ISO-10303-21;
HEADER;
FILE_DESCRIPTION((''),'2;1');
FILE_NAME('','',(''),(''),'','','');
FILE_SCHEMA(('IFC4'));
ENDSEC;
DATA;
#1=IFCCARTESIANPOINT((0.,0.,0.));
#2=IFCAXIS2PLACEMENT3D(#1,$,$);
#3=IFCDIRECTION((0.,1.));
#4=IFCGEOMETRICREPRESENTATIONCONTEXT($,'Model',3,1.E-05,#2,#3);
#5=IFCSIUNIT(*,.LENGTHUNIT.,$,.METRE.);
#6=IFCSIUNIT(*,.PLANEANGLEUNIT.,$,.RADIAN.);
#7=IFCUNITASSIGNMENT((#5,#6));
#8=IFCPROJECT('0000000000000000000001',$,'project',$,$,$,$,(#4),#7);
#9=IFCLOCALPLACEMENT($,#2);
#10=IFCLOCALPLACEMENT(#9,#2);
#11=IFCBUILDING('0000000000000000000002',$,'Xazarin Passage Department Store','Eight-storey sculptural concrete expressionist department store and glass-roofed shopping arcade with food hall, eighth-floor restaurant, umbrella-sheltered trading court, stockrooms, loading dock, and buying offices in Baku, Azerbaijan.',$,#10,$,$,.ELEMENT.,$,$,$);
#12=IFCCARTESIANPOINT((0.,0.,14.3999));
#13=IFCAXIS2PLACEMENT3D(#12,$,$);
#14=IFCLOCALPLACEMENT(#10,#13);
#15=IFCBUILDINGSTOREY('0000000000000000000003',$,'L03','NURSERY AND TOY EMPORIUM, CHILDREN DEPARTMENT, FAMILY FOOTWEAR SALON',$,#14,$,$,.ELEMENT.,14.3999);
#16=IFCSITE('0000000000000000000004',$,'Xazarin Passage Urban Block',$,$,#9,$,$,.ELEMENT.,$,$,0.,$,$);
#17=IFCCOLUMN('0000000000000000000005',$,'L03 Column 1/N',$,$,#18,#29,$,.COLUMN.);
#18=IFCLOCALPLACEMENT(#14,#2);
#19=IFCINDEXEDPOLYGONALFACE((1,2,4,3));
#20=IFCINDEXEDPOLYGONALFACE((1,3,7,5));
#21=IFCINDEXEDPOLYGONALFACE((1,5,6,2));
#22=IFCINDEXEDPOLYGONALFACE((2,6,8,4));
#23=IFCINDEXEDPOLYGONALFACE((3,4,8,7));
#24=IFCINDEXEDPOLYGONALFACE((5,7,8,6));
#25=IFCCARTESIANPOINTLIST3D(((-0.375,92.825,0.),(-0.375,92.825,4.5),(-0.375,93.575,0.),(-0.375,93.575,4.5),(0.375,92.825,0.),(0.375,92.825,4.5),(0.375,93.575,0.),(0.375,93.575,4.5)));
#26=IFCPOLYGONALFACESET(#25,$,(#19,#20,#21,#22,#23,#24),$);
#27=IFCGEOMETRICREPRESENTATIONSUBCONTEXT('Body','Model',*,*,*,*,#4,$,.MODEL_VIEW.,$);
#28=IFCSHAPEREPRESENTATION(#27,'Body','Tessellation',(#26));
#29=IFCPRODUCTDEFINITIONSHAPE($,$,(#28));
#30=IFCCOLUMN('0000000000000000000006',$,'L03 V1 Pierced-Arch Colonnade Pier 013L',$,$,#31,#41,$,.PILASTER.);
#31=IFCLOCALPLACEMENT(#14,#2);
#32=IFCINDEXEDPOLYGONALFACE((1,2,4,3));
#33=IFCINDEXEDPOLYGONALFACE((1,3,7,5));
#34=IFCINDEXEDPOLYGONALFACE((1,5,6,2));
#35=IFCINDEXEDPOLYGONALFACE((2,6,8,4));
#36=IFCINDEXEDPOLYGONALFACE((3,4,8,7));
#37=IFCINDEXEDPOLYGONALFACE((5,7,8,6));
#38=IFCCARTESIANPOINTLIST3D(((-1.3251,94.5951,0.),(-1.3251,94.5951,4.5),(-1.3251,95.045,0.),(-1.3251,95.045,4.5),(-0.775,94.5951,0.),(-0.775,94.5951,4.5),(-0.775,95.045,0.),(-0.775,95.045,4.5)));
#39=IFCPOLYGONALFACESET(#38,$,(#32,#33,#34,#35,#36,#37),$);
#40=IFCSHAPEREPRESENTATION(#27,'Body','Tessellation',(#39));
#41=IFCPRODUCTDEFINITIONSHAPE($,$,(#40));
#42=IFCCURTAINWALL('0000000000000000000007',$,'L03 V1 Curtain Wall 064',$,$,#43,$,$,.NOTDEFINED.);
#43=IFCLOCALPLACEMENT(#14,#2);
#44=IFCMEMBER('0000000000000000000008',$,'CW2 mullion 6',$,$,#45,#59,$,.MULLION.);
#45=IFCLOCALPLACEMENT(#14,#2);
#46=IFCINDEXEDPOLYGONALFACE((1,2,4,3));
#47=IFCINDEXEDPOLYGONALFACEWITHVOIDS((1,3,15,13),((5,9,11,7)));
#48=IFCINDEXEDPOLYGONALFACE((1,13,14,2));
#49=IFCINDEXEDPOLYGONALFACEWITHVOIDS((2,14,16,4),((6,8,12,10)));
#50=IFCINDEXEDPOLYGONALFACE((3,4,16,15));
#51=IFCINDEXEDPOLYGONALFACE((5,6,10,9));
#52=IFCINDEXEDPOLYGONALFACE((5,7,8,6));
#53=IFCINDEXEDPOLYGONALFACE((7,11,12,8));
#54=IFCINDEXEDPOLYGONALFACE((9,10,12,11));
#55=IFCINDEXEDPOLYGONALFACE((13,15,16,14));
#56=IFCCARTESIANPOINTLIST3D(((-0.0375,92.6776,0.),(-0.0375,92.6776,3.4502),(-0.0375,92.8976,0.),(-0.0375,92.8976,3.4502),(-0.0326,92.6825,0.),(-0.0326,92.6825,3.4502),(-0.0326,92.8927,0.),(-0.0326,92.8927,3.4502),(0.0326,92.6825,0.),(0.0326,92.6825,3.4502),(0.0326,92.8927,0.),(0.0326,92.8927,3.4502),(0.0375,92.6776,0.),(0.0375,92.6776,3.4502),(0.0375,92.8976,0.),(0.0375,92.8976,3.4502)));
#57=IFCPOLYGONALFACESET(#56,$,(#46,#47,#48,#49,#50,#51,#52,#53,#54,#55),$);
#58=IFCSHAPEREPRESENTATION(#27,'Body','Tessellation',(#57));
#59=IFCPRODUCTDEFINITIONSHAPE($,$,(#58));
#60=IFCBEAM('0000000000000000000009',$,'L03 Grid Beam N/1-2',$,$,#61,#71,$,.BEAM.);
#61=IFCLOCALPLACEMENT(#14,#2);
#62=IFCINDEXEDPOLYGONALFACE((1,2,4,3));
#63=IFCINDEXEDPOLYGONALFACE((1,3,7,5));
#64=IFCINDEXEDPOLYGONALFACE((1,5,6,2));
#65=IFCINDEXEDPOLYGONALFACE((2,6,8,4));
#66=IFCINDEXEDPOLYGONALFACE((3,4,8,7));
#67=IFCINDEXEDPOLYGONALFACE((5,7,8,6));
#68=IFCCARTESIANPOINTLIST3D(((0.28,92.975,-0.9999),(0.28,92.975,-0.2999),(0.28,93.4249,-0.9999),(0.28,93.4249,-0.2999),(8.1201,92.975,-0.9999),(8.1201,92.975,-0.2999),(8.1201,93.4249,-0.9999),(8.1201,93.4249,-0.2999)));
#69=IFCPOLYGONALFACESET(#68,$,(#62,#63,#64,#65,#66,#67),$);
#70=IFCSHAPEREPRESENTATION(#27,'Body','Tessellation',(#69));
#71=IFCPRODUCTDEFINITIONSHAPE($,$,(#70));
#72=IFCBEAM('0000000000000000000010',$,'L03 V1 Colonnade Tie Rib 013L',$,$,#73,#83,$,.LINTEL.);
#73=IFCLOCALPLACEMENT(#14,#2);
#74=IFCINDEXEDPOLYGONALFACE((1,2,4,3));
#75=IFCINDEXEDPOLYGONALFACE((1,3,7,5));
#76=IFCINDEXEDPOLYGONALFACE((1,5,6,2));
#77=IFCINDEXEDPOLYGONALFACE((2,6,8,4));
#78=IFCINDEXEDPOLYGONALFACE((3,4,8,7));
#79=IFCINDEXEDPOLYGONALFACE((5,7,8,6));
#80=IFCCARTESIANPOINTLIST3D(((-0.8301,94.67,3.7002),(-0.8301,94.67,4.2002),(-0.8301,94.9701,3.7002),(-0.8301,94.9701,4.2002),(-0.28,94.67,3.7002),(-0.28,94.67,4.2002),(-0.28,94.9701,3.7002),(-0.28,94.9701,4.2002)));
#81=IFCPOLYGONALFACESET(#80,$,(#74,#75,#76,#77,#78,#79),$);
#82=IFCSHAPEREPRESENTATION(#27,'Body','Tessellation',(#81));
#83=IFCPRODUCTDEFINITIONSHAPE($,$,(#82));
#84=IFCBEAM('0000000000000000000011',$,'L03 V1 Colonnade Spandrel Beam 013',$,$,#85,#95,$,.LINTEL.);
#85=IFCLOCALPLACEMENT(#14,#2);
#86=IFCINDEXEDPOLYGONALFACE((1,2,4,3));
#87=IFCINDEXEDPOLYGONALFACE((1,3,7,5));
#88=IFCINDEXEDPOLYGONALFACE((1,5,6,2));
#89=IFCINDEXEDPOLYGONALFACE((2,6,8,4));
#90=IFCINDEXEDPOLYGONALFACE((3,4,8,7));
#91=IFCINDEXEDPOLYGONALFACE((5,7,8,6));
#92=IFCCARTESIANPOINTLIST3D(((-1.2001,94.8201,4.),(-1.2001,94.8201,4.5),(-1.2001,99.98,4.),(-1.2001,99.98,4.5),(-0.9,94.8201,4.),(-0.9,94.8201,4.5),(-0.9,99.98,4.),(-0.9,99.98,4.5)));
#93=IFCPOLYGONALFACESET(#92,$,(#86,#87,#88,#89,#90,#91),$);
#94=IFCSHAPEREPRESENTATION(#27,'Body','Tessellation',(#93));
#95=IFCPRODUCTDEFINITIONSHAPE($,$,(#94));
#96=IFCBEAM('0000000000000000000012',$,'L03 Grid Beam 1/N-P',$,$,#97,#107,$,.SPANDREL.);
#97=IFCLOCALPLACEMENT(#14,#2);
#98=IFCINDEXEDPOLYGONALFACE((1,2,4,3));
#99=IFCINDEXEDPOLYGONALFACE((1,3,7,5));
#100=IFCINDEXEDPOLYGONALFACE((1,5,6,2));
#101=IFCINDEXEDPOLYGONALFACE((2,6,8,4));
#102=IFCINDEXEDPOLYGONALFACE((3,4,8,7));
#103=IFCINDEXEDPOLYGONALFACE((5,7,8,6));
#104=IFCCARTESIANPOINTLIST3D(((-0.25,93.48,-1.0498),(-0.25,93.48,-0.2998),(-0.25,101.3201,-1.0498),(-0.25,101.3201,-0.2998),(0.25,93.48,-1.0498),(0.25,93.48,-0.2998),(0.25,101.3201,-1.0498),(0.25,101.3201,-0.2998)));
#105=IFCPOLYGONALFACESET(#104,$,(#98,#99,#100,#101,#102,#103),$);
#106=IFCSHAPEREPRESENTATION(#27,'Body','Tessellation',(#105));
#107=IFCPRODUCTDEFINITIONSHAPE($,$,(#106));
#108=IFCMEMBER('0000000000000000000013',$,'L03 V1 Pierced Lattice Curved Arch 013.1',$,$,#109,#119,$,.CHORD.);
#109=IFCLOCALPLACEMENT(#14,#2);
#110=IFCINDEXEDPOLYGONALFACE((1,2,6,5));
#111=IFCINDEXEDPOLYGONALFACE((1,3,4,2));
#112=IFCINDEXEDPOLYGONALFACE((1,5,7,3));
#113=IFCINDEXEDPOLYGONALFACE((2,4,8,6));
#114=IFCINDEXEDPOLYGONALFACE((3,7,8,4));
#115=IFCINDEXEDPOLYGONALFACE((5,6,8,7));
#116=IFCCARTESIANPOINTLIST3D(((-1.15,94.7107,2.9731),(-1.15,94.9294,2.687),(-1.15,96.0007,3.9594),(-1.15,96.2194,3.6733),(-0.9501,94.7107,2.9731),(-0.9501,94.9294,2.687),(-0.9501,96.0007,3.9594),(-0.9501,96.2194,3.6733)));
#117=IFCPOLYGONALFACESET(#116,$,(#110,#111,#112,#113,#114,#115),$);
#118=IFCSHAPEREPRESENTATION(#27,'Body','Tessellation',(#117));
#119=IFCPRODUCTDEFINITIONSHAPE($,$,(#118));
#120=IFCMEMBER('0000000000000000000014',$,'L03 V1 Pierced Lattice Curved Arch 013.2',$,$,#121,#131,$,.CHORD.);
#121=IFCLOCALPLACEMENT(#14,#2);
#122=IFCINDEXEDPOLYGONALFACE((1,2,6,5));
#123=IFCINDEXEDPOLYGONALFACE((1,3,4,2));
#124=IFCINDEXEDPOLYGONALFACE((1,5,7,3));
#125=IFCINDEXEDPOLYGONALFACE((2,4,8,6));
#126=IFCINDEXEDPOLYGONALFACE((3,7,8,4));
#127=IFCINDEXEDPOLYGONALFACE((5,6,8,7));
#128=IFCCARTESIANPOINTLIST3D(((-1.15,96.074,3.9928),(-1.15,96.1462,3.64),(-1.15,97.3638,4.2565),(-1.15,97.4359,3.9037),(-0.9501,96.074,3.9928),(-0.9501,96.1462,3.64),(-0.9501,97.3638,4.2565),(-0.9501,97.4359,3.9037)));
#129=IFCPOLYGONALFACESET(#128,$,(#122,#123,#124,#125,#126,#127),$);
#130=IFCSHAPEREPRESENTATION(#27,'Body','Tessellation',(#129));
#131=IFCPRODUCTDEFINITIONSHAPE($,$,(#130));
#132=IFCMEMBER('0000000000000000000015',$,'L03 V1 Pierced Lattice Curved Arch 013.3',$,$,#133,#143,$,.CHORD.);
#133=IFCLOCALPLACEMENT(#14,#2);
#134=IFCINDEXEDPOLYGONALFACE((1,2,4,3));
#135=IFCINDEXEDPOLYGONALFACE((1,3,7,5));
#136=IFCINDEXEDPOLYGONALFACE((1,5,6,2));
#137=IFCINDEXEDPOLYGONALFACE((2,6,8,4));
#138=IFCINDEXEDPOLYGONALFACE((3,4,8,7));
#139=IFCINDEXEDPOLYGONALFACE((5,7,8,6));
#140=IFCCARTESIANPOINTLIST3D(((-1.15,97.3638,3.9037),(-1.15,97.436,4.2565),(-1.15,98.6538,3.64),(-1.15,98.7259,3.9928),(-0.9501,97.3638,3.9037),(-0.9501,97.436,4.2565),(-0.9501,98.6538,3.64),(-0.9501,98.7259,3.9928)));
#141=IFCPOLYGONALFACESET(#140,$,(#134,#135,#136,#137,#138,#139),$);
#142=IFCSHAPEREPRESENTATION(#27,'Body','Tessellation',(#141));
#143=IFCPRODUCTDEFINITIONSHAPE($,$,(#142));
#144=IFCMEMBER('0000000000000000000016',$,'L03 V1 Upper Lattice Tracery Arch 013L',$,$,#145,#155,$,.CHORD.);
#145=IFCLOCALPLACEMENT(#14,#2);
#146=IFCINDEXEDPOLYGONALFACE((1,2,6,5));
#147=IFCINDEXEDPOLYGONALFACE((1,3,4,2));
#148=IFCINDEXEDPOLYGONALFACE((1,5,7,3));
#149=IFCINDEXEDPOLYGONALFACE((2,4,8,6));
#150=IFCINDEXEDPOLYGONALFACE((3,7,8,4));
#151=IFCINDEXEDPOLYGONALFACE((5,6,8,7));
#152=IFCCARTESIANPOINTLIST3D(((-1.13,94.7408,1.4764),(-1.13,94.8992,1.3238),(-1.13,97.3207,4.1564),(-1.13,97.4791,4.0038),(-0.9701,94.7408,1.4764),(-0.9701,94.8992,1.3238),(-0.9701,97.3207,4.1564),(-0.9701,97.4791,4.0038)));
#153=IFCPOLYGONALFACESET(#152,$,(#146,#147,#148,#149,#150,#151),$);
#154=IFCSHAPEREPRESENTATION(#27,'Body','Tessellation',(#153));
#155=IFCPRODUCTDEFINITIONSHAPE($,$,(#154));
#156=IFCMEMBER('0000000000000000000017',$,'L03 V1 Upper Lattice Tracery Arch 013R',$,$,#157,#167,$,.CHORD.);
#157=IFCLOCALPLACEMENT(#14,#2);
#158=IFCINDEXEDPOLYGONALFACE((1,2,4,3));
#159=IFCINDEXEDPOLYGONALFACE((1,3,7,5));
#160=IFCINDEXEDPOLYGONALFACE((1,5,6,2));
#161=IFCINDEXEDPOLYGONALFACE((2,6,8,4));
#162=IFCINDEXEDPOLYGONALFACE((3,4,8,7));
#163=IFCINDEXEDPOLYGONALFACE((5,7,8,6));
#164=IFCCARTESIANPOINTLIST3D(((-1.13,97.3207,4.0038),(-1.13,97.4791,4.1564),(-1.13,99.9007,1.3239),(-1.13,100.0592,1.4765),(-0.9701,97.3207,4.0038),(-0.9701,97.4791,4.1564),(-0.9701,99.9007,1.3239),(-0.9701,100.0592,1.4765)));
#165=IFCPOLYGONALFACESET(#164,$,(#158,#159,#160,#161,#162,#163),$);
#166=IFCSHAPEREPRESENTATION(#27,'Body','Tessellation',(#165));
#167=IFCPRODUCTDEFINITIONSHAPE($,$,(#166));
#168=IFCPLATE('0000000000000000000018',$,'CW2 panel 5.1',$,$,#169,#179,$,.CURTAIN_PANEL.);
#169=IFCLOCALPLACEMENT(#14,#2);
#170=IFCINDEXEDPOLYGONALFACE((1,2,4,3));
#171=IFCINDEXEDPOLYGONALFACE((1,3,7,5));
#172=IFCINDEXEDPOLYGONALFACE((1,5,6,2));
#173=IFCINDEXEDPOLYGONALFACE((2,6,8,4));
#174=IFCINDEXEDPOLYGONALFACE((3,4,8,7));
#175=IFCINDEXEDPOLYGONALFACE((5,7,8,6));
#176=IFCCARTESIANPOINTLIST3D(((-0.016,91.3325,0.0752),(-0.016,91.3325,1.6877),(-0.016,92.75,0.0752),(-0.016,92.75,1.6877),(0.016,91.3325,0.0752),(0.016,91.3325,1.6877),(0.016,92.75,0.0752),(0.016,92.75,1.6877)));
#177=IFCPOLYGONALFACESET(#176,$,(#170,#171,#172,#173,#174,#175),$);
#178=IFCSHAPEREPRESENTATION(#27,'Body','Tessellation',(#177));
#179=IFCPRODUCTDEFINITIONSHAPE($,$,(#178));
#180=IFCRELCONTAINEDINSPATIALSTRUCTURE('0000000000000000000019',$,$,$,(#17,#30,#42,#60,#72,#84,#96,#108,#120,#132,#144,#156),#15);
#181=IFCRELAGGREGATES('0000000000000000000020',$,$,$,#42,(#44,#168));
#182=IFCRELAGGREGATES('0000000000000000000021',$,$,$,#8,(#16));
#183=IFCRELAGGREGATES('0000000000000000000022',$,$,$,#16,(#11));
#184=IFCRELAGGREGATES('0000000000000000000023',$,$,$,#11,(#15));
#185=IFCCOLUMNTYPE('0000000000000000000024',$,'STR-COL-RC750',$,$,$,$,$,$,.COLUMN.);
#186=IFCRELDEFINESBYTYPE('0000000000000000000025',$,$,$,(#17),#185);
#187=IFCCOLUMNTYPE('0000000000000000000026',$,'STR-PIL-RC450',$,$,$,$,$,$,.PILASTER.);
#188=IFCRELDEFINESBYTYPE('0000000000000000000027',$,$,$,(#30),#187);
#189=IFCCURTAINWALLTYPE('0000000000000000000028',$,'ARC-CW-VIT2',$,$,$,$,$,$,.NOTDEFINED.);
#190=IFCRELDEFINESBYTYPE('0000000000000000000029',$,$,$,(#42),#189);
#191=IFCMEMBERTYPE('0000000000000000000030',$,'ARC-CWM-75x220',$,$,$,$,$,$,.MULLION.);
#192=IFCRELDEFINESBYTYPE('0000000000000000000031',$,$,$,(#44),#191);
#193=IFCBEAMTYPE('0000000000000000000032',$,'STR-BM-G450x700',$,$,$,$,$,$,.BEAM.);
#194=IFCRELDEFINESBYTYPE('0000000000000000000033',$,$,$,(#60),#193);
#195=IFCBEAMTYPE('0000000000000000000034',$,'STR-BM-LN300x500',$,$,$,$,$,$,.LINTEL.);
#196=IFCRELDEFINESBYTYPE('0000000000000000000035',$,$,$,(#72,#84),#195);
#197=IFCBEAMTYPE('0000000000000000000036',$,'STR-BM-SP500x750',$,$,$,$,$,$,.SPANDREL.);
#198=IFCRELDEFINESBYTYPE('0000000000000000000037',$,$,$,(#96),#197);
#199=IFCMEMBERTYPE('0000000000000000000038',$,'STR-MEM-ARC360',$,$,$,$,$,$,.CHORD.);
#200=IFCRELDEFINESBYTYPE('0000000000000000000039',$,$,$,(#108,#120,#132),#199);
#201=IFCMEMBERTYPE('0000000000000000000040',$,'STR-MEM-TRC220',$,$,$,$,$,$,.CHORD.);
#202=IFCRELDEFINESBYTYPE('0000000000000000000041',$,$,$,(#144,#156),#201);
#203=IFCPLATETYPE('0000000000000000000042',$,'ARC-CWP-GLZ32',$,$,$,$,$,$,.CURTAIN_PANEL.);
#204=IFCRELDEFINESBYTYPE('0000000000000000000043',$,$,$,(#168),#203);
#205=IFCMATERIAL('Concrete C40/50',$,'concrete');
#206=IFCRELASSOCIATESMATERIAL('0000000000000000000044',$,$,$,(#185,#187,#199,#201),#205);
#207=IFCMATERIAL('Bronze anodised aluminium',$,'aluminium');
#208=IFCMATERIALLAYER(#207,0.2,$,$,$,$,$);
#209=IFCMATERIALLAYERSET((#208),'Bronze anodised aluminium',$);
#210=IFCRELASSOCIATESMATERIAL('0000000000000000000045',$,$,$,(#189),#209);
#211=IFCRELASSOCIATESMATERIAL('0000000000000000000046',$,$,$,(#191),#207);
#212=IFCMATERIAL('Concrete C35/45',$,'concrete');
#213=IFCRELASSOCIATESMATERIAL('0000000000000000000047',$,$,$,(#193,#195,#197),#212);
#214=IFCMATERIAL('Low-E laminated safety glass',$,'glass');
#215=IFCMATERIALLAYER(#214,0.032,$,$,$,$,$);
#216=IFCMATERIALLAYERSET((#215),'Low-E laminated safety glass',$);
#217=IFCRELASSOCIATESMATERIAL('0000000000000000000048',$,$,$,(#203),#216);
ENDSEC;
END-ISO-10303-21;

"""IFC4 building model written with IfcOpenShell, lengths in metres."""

from ifc_helpers import new_model, si_unit, direction, frame, origin, origin_2d, place, context, subcontext, project, spatial, rectangle, hollow_rectangle, extrude, material, layer, layer_set, material_profile, profile_set, type_object, element, aggregate, save


model = new_model("IFC4")

# Units and contexts
model_context = context("Model", 3, precision=1e-05, world=origin(), true_north=direction((0.0, 1.0)))
body_context = subcontext(model_context, "Body", "Model", "MODEL_VIEW")
ifc_project = project(units=[si_unit("LENGTHUNIT", "METRE"), si_unit("PLANEANGLEUNIT", "RADIAN")], contexts=[model_context])

# Site, building, storey
site_placement = place(None, origin())
site = spatial("IfcSite", under=ifc_project, at=site_placement, Name="Xazarin Passage Urban Block", CompositionType="ELEMENT", RefElevation=0.0)
building_placement = place(site_placement, origin())
building = spatial("IfcBuilding", under=site, at=building_placement, Name="Xazarin Passage Department Store", Description="Eight-storey sculptural concrete expressionist department store and glass-roofed shopping arcade with food hall, eighth-floor restaurant, umbrella-sheltered trading court, stockrooms, loading dock, and buying offices in Baku, Azerbaijan.", CompositionType="ELEMENT")
storey_placement = place(building_placement, frame((0.0, 0.0, 14.3999)))
storey = spatial("IfcBuildingStorey", under=building, at=storey_placement, Name="L03", Description="NURSERY AND TOY EMPORIUM, CHILDREN DEPARTMENT, FAMILY FOOTWEAR SALON", CompositionType="ELEMENT", Elevation=14.3999)

# Columns
ifc_material_1 = material(Name="Concrete C40/50", Category="concrete")
ifc_material_profile_1 = material_profile(ifc_material_1, rectangle(XDim=0.75, YDim=0.75, at=origin_2d()), Name="RC 750x750")
ifc_profile_set_1 = profile_set([ifc_material_profile_1], Name="Concrete C40/50")
column_type_1 = type_object("IfcColumnType", Name="STR-COL-RC750", PredefinedType="COLUMN", material=ifc_profile_set_1)
column_1_placement = place(storey_placement, frame((0.0, 93.2, 0.0), z_axis=(0.0, 0.0, 1.0), x_axis=(1.0, 0.0, 0.0)))
element("IfcColumn", 1, at=column_1_placement, inside=storey, type_object=column_type_1, Name="L03 Column 1/N", PredefinedType="COLUMN", context=body_context, shape_type="SweptSolid", body=[
    extrude(rectangle(XDim=0.75, YDim=0.75, at=origin_2d()), origin(), (0.0, 0.0, 1.0), 4.5),
])
ifc_material_profile_2 = material_profile(ifc_material_1, rectangle(XDim=0.45, YDim=0.55, at=origin_2d()), Name="RC 450x550")
ifc_profile_set_2 = profile_set([ifc_material_profile_2], Name="Concrete C40/50")
column_type_2 = type_object("IfcColumnType", Name="STR-PIL-RC450", PredefinedType="PILASTER", material=ifc_profile_set_2)
column_2_placement = place(storey_placement, frame((-1.05, 94.8201, 0.0), z_axis=(0.0, 0.0, 1.0), x_axis=(0.0, 1.0, 0.0)))
element("IfcColumn", 2, at=column_2_placement, inside=storey, type_object=column_type_2, Name="L03 V1 Pierced-Arch Colonnade Pier 013L", PredefinedType="PILASTER", context=body_context, shape_type="SweptSolid", body=[
    extrude(rectangle(XDim=0.45, YDim=0.55, at=origin_2d()), origin(), (0.0, 0.0, 1.0), 4.5),
])

# Curtain wall, member
ifc_material_2 = material(Name="Bronze anodised aluminium", Category="aluminium")
ifc_layer_1 = layer(ifc_material_2, 0.2)
ifc_layer_set_1 = layer_set([ifc_layer_1], Name="Bronze anodised aluminium")
curtain_wall_type = type_object("IfcCurtainWallType", Name="ARC-CW-VIT2", PredefinedType="NOTDEFINED", material=ifc_layer_set_1)
curtain_wall_placement = place(storey_placement, origin())
curtain_wall = element("IfcCurtainWall", 3, at=curtain_wall_placement, inside=storey, type_object=curtain_wall_type, Name="L03 V1 Curtain Wall 064", PredefinedType="NOTDEFINED")
ifc_material_profile_3 = material_profile(ifc_material_2, hollow_rectangle(XDim=0.075, YDim=0.22, WallThickness=0.0049, at=origin_2d()), Name="ALU 75x220")
ifc_profile_set_3 = profile_set([ifc_material_profile_3], Name="Bronze anodised aluminium")
member_type_1 = type_object("IfcMemberType", Name="ARC-CWM-75x220", PredefinedType="MULLION", material=ifc_profile_set_3)
member_1_placement = place(storey_placement, frame((0.0, 92.7876, 0.0), z_axis=(0.0, 0.0, 1.0), x_axis=(-1.0, 0.0, 0.0)))
member_1 = element("IfcMember", 4, at=member_1_placement, type_object=member_type_1, Name="CW2 mullion 6", PredefinedType="MULLION", context=body_context, shape_type="SweptSolid", body=[
    extrude(hollow_rectangle(XDim=0.075, YDim=0.22, WallThickness=0.0049, at=origin_2d()), origin(), (0.0, 0.0, 1.0), 3.4502),
])

# Beams
ifc_material_3 = material(Name="Concrete C35/45", Category="concrete")
ifc_material_profile_4 = material_profile(ifc_material_3, rectangle(XDim=0.45, YDim=0.7, at=origin_2d()), Name="RC 450x700")
ifc_profile_set_4 = profile_set([ifc_material_profile_4], Name="Concrete C35/45")
beam_type_1 = type_object("IfcBeamType", Name="STR-BM-G450x700", PredefinedType="BEAM", material=ifc_profile_set_4)
beam_1_placement = place(storey_placement, frame((0.28, 93.2, -0.6499), z_axis=(1.0, 0.0, 0.0), x_axis=(0.0, 1.0, 0.0)))
element("IfcBeam", 5, at=beam_1_placement, inside=storey, type_object=beam_type_1, Name="L03 Grid Beam N/1-2", PredefinedType="BEAM", context=body_context, shape_type="SweptSolid", body=[
    extrude(rectangle(XDim=0.45, YDim=0.7, at=origin_2d()), origin(), (0.0, 0.0, 1.0), 7.8401),
])
ifc_material_profile_5 = material_profile(ifc_material_3, rectangle(XDim=0.3, YDim=0.5, at=origin_2d()), Name="RC 300x500")
ifc_profile_set_5 = profile_set([ifc_material_profile_5], Name="Concrete C35/45")
beam_type_2 = type_object("IfcBeamType", Name="STR-BM-LN300x500", PredefinedType="LINTEL", material=ifc_profile_set_5)
beam_2_placement = place(storey_placement, frame((-0.28, 94.8201, 3.9502), z_axis=(-1.0, 0.0, 0.0), x_axis=(0.0, -1.0, 0.0)))
element("IfcBeam", 6, at=beam_2_placement, inside=storey, type_object=beam_type_2, Name="L03 V1 Colonnade Tie Rib 013L", PredefinedType="LINTEL", context=body_context, shape_type="SweptSolid", body=[
    extrude(rectangle(XDim=0.3, YDim=0.5, at=origin_2d()), origin(), (0.0, 0.0, 1.0), 0.55),
])
beam_3_placement = place(storey_placement, frame((-1.05, 94.8201, 4.25), z_axis=(0.0, 1.0, 0.0), x_axis=(-1.0, 0.0, 0.0)))
element("IfcBeam", 7, at=beam_3_placement, inside=storey, type_object=beam_type_2, Name="L03 V1 Colonnade Spandrel Beam 013", PredefinedType="LINTEL", context=body_context, shape_type="SweptSolid", body=[
    extrude(rectangle(XDim=0.3, YDim=0.5, at=origin_2d()), origin(), (0.0, 0.0, 1.0), 5.1599),
])
ifc_material_profile_6 = material_profile(ifc_material_3, rectangle(XDim=0.5, YDim=0.75, at=origin_2d()), Name="RC 500x750")
ifc_profile_set_6 = profile_set([ifc_material_profile_6], Name="Concrete C35/45")
beam_type_3 = type_object("IfcBeamType", Name="STR-BM-SP500x750", PredefinedType="SPANDREL", material=ifc_profile_set_6)
beam_4_placement = place(storey_placement, frame((0.0, 93.48, -0.6748), z_axis=(0.0, 1.0, 0.0), x_axis=(-1.0, 0.0, 0.0)))
element("IfcBeam", 8, at=beam_4_placement, inside=storey, type_object=beam_type_3, Name="L03 Grid Beam 1/N-P", PredefinedType="SPANDREL", context=body_context, shape_type="SweptSolid", body=[
    extrude(rectangle(XDim=0.5, YDim=0.75, at=origin_2d()), origin(), (0.0, 0.0, 1.0), 7.8401),
])

# Members
ifc_material_profile_7 = material_profile(ifc_material_1, rectangle(XDim=0.2, YDim=0.3601, at=origin_2d()), Name="RC 200x360")
ifc_profile_set_7 = profile_set([ifc_material_profile_7], Name="Concrete C40/50")
member_type_2 = type_object("IfcMemberType", Name="STR-MEM-ARC360", PredefinedType="CHORD", material=ifc_profile_set_7)
member_2_placement = place(storey_placement, frame((-1.05, 94.8201, 2.8301), z_axis=(0.0, 0.794409, 0.607383), x_axis=(-1.0, 0.0, 0.0)))
element("IfcMember", 9, at=member_2_placement, inside=storey, type_object=member_type_2, Name="L03 V1 Pierced Lattice Curved Arch 013.1", PredefinedType="CHORD", context=body_context, shape_type="SweptSolid", body=[
    extrude(rectangle(XDim=0.2, YDim=0.3601, at=origin_2d()), origin(), (0.0, 0.0, 1.0), 1.6238),
])
member_3_placement = place(storey_placement, frame((-1.05, 96.1101, 3.8164), z_axis=(0.0, 0.979737, 0.200287), x_axis=(-1.0, 0.0, 0.0)))
element("IfcMember", 10, at=member_3_placement, inside=storey, type_object=member_type_2, Name="L03 V1 Pierced Lattice Curved Arch 013.2", PredefinedType="CHORD", context=body_context, shape_type="SweptSolid", body=[
    extrude(rectangle(XDim=0.2, YDim=0.3601, at=origin_2d()), origin(), (0.0, 0.0, 1.0), 1.3164),
])
member_4_placement = place(storey_placement, frame((-1.05, 97.3999, 4.0801), z_axis=(0.0, 0.979745, -0.200251), x_axis=(-1.0, 0.0, 0.0)))
element("IfcMember", 11, at=member_4_placement, inside=storey, type_object=member_type_2, Name="L03 V1 Pierced Lattice Curved Arch 013.3", PredefinedType="CHORD", context=body_context, shape_type="SweptSolid", body=[
    extrude(rectangle(XDim=0.2, YDim=0.3601, at=origin_2d()), origin(), (0.0, 0.0, 1.0), 1.3167),
])
ifc_material_profile_8 = material_profile(ifc_material_1, rectangle(XDim=0.1599, YDim=0.22, at=origin_2d()), Name="RC 160x220")
ifc_profile_set_8 = profile_set([ifc_material_profile_8], Name="Concrete C40/50")
member_type_3 = type_object("IfcMemberType", Name="STR-MEM-TRC220", PredefinedType="CHORD", material=ifc_profile_set_8)
for number, where, z_axis, x_axis, name in (
    (12, (-1.05, 97.3999, 4.0801), (0.0, -0.693524, -0.720433), (1.0, 0.0, 0.0), "L03 V1 Upper Lattice Tracery Arch 013L"),
    (13, (-1.05, 97.3999, 4.0801), (0.0, 0.693558, -0.7204), (-1.0, 0.0, 0.0), "L03 V1 Upper Lattice Tracery Arch 013R"),
):
    element("IfcMember", number, at=place(storey_placement, frame(where, z_axis=z_axis, x_axis=x_axis)), inside=storey, type_object=member_type_3, Name=name, PredefinedType="CHORD", context=body_context, shape_type="SweptSolid", body=[
        extrude(rectangle(XDim=0.1599, YDim=0.22, at=origin_2d()), origin(), (0.0, 0.0, 1.0), 3.72),
    ])

# Plate
ifc_material_4 = material(Name="Low-E laminated safety glass", Category="glass")
ifc_layer_2 = layer(ifc_material_4, 0.032)
ifc_layer_set_2 = layer_set([ifc_layer_2], Name="Low-E laminated safety glass")
plate_type_1 = type_object("IfcPlateType", Name="ARC-CWP-GLZ32", PredefinedType="CURTAIN_PANEL", material=ifc_layer_set_2)
plate_1_placement = place(storey_placement, frame((0.0, 92.0413, 0.0752), z_axis=(0.0, 0.0, 1.0), x_axis=(0.0, 1.0, 0.0)))
plate_1 = element("IfcPlate", 14, at=plate_1_placement, type_object=plate_type_1, Name="CW2 panel 5.1", PredefinedType="CURTAIN_PANEL", context=body_context, shape_type="SweptSolid", body=[
    extrude(rectangle(XDim=1.4175, YDim=0.032, at=origin_2d()), origin(), (0.0, 0.0, 1.0), 1.6125),
])
aggregate(curtain_wall, [member_1, plate_1])

save(model, "model.ifc")
